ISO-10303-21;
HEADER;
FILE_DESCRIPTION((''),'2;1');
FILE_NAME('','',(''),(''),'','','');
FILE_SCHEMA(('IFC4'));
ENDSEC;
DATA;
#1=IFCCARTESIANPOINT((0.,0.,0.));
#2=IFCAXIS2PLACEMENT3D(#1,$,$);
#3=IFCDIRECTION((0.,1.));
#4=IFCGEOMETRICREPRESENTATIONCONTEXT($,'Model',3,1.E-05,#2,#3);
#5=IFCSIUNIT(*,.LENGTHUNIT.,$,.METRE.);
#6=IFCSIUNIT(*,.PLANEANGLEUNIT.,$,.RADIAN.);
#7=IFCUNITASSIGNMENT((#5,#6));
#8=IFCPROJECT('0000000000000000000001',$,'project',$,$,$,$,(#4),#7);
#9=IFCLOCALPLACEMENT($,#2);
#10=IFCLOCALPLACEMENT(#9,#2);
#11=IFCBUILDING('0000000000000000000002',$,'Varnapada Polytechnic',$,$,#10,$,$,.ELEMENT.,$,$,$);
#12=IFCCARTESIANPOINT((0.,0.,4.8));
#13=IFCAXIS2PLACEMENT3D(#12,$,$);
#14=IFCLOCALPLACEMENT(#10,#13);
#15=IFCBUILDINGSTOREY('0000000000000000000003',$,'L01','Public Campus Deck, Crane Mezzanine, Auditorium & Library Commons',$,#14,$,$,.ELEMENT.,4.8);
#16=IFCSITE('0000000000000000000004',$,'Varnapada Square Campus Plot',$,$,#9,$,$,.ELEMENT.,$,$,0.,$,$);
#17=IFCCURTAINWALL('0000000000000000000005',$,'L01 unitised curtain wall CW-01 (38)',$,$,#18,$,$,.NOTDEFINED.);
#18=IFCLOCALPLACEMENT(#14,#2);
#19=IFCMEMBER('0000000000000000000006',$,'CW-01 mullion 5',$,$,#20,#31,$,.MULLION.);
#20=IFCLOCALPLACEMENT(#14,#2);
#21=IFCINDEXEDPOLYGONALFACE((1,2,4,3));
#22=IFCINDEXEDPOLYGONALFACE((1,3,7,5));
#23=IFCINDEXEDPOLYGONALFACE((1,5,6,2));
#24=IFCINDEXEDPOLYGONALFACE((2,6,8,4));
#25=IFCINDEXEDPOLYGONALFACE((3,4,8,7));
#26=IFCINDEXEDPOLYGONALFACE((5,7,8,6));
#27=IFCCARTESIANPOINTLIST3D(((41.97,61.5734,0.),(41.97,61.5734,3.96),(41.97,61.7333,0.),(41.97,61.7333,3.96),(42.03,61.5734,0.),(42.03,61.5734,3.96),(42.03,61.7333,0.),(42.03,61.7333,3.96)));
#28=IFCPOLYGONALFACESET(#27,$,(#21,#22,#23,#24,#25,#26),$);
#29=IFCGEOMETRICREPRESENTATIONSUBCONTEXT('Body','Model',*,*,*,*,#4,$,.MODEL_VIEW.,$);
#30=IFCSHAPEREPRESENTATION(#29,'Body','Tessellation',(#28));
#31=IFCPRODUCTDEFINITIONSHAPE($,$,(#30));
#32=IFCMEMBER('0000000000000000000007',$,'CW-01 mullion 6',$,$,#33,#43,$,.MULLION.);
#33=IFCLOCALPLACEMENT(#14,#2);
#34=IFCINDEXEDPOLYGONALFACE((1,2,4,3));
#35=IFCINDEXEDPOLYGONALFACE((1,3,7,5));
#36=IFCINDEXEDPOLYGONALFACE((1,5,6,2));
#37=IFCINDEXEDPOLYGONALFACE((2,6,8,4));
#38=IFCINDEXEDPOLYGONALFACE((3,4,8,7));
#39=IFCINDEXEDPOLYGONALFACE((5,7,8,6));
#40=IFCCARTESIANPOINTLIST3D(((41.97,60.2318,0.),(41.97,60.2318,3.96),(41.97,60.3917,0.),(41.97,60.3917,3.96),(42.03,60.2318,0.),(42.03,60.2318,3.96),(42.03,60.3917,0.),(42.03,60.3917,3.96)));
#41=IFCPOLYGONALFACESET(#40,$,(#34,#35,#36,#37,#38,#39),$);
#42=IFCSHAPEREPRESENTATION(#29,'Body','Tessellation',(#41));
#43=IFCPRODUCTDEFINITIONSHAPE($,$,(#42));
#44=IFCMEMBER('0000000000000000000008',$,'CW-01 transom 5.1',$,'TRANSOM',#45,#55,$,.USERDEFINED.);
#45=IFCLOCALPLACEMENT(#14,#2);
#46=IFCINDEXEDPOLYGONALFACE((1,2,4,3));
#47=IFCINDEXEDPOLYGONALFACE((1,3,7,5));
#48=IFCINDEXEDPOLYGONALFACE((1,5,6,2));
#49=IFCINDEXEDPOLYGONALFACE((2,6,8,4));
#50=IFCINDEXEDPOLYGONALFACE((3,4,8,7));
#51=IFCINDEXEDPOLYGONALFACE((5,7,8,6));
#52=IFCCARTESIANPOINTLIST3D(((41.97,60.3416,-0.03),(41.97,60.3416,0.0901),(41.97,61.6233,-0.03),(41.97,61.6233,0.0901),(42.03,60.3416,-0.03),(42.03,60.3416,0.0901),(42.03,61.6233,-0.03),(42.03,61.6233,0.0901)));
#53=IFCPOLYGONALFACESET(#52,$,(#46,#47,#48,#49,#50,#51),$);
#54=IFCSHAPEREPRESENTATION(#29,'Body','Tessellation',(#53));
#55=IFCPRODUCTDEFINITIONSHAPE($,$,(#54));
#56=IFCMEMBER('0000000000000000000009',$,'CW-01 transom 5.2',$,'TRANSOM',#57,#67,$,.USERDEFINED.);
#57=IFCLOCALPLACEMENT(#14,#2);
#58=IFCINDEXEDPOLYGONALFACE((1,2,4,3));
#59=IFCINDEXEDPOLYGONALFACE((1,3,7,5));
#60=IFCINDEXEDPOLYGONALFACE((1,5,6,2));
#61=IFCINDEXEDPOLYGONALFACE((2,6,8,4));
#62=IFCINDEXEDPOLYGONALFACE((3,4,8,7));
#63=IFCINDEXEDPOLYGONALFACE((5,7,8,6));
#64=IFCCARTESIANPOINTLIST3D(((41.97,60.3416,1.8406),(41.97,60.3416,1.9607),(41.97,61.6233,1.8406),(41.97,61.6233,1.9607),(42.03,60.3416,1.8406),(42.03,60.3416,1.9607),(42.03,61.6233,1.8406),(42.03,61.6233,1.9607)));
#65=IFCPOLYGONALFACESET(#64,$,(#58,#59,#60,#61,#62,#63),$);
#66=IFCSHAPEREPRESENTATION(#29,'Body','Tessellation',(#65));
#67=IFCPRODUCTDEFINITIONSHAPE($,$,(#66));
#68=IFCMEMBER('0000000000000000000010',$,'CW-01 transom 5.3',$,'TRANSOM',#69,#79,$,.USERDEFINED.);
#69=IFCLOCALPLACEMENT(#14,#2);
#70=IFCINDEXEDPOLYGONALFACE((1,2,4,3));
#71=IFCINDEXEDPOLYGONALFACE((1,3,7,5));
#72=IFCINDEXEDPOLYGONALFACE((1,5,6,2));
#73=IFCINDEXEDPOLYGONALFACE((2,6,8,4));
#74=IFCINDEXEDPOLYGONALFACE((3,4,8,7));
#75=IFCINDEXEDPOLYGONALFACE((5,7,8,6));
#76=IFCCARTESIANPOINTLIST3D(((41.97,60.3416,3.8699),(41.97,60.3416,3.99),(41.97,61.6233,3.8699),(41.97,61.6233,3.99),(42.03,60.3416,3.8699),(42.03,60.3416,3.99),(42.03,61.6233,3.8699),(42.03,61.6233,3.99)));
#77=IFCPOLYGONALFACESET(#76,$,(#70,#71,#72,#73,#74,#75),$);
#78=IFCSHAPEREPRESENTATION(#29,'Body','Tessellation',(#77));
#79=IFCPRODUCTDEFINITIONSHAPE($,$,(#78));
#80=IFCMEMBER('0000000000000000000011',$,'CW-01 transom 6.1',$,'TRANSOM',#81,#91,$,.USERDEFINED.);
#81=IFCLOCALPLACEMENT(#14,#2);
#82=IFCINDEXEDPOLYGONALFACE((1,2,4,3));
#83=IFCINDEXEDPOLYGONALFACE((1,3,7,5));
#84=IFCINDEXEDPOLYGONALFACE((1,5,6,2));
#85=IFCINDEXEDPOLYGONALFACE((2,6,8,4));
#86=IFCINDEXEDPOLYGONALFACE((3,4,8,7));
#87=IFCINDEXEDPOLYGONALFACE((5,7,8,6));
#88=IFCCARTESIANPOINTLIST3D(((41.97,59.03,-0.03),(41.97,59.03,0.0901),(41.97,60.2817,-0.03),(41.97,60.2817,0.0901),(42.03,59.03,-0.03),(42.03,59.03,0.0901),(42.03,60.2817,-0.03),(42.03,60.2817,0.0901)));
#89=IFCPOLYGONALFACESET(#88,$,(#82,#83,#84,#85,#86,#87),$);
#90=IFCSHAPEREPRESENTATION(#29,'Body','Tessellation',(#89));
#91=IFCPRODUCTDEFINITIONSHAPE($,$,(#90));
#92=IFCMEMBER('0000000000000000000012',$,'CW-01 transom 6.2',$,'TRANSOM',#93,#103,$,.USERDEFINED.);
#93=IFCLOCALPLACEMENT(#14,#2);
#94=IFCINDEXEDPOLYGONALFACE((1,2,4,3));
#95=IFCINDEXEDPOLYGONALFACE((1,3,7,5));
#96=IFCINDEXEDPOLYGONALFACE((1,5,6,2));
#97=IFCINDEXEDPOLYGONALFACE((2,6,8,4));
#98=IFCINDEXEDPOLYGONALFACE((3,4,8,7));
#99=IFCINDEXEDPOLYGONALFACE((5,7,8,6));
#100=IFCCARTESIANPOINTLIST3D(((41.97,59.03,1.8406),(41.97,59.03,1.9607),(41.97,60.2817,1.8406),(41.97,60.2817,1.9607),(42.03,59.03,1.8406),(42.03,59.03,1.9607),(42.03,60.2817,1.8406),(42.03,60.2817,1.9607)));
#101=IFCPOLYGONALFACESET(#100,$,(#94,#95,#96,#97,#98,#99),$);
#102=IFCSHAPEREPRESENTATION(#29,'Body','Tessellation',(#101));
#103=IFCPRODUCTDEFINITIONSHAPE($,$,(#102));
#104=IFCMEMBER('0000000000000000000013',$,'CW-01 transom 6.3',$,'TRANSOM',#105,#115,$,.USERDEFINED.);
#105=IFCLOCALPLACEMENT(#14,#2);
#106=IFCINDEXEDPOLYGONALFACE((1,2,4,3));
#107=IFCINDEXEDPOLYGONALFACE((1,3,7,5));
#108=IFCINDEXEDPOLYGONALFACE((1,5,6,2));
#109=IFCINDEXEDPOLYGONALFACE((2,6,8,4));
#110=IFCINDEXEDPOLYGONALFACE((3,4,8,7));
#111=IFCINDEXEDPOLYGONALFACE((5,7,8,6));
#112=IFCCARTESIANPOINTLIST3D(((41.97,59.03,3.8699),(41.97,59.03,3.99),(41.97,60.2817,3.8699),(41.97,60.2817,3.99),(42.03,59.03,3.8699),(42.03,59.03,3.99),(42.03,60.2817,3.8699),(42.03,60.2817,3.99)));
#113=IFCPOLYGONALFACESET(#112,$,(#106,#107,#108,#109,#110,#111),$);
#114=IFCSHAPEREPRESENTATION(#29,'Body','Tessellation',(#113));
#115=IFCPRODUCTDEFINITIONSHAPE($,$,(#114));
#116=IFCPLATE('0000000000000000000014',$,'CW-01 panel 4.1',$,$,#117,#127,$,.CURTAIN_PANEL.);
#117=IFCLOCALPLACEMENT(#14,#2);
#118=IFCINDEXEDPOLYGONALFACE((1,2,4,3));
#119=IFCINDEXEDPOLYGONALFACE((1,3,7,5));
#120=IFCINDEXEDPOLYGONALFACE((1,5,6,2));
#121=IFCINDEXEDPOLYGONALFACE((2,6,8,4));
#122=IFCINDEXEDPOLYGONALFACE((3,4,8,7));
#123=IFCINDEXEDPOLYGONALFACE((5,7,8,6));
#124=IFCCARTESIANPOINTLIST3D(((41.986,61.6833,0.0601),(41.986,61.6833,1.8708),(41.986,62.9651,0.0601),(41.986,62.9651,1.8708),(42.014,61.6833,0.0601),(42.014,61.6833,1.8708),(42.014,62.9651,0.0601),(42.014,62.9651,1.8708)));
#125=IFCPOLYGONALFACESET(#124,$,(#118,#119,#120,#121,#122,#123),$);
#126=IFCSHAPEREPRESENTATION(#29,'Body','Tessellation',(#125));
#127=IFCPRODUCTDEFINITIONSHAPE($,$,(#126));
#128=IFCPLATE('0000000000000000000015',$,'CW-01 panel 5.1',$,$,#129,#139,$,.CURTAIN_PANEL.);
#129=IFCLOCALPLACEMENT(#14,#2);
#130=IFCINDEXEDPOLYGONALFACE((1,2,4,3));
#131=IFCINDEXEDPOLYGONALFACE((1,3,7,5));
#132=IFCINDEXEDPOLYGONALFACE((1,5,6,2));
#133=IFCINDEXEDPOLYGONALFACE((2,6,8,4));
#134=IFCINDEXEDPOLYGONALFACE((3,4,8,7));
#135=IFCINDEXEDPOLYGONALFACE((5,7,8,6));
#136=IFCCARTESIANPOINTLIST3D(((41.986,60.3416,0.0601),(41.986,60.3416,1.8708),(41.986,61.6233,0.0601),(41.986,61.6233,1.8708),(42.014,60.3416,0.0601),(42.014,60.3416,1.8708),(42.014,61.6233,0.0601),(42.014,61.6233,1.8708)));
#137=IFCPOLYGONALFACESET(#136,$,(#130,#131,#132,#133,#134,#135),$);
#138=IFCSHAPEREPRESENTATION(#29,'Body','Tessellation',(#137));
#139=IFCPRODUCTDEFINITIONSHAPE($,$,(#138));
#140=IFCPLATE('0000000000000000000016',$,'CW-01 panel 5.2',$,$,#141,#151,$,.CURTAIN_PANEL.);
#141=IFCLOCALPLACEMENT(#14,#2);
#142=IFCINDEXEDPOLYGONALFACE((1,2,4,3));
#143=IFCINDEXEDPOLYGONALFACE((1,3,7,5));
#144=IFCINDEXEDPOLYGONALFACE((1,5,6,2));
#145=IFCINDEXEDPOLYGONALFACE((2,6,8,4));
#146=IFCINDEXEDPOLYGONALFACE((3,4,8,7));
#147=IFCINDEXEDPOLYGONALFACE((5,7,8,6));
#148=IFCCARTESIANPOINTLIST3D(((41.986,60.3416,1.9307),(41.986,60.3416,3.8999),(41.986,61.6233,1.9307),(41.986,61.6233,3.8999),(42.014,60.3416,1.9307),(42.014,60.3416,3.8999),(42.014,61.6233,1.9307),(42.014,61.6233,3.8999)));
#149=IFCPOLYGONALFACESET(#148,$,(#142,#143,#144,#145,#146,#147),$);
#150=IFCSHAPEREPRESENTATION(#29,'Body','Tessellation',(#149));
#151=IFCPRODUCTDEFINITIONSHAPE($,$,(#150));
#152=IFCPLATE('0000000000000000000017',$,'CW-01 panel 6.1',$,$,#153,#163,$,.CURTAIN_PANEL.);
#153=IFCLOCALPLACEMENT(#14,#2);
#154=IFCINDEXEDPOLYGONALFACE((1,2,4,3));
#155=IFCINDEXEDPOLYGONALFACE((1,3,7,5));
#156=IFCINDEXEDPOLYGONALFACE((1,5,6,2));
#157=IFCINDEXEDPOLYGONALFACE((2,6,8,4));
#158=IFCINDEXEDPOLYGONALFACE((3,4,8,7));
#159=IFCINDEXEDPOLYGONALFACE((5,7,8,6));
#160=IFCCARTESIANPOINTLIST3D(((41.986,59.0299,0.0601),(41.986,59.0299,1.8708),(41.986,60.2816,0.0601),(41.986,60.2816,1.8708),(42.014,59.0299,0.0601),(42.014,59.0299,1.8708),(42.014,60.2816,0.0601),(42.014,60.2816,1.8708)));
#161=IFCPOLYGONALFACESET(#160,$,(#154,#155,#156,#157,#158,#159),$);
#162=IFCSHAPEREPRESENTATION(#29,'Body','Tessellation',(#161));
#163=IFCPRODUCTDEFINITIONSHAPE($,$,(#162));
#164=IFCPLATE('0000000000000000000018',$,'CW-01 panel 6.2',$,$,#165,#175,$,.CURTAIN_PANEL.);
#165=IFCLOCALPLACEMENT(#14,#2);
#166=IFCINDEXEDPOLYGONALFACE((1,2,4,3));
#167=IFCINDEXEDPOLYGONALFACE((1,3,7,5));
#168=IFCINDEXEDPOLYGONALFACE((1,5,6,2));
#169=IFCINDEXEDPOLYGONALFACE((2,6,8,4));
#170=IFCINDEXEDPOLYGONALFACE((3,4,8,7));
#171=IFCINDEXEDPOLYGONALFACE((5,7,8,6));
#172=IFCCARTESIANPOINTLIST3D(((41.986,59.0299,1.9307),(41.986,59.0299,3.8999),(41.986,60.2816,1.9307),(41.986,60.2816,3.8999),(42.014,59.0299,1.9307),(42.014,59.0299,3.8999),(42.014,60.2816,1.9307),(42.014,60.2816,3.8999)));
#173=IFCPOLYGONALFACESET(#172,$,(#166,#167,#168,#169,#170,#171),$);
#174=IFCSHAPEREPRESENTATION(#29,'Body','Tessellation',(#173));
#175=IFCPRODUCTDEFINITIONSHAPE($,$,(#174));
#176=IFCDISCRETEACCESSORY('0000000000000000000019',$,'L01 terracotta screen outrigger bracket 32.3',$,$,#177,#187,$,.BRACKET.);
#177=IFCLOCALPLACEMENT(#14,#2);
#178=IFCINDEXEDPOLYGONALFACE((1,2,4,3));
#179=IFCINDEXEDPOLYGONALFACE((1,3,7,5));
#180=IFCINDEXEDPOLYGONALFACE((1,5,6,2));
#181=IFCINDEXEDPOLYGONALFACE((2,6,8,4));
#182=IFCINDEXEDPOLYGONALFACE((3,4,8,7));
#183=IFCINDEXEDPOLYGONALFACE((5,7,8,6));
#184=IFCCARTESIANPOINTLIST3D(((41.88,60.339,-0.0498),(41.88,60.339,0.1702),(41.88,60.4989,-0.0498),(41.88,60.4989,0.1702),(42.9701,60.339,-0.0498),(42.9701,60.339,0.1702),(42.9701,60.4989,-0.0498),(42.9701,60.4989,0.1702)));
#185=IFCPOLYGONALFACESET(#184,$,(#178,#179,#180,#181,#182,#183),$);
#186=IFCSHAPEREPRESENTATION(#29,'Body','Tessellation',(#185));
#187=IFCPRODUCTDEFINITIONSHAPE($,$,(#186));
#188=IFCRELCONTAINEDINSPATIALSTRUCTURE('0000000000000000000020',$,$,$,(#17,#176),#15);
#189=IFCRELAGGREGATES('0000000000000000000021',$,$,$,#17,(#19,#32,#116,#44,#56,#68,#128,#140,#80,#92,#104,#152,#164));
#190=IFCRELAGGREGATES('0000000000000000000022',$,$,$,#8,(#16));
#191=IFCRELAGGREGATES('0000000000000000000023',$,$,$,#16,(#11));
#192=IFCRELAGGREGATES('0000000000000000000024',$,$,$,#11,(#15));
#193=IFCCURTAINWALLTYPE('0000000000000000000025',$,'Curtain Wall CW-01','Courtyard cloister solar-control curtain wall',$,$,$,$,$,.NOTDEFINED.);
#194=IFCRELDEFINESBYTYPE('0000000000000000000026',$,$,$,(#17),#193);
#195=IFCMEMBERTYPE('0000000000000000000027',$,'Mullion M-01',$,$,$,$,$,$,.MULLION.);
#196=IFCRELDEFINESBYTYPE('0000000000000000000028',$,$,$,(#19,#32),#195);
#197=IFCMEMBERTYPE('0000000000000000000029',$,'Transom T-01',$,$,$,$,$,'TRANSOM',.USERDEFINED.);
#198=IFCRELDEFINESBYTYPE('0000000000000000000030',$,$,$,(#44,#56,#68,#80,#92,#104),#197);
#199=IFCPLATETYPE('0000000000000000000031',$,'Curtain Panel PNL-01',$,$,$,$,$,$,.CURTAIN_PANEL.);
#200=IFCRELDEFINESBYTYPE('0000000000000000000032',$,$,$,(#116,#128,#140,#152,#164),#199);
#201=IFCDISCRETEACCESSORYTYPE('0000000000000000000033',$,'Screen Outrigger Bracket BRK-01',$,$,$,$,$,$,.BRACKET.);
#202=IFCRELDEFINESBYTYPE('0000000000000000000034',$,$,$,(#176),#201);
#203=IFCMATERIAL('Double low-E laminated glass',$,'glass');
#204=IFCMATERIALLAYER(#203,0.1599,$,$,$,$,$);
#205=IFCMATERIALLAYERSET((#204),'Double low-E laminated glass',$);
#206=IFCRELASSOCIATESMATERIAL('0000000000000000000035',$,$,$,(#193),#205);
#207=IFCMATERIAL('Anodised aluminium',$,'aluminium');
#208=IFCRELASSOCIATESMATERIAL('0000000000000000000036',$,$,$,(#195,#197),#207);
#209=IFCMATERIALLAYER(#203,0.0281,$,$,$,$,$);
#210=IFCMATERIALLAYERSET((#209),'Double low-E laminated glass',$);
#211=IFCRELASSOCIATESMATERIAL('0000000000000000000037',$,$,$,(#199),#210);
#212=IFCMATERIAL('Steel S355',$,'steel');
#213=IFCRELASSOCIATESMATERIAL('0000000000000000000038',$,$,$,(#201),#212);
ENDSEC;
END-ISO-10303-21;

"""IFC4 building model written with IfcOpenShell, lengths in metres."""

from ifc_helpers import new_model, si_unit, direction, frame, origin, origin_2d, place, context, subcontext, project, spatial, rectangle, extrude, material, layer, layer_set, material_profile, profile_set, type_object, element, aggregate, save


model = new_model("IFC4")

# Units and contexts
model_context = context("Model", 3, precision=1e-05, world=origin(), true_north=direction((0.0, 1.0)))
body_context = subcontext(model_context, "Body", "Model", "MODEL_VIEW")
ifc_project = project(units=[si_unit("LENGTHUNIT", "METRE"), si_unit("PLANEANGLEUNIT", "RADIAN")], contexts=[model_context])

# Site, building, storey
site_placement = place(None, origin())
site = spatial("IfcSite", under=ifc_project, at=site_placement, Name="Varnapada Square Campus Plot", CompositionType="ELEMENT", RefElevation=0.0)
building_placement = place(site_placement, origin())
building = spatial("IfcBuilding", under=site, at=building_placement, Name="Varnapada Polytechnic", CompositionType="ELEMENT")
storey_placement = place(building_placement, frame((0.0, 0.0, 4.8)))
storey = spatial("IfcBuildingStorey", under=building, at=storey_placement, Name="L01", Description="Public Campus Deck, Crane Mezzanine, Auditorium & Library Commons", CompositionType="ELEMENT", Elevation=4.8)

# Curtain wall, members, plates
ifc_material_1 = material(Name="Double low-E laminated glass", Category="glass")
ifc_layer_1 = layer(ifc_material_1, 0.1599)
ifc_layer_set_1 = layer_set([ifc_layer_1], Name="Double low-E laminated glass")
curtain_wall_type = type_object("IfcCurtainWallType", Name="Curtain Wall CW-01", Description="Courtyard cloister solar-control curtain wall", PredefinedType="NOTDEFINED", material=ifc_layer_set_1)
curtain_wall_placement = place(storey_placement, origin())
curtain_wall = element("IfcCurtainWall", 1, at=curtain_wall_placement, inside=storey, type_object=curtain_wall_type, Name="L01 unitised curtain wall CW-01 (38)", PredefinedType="NOTDEFINED")
ifc_material_2 = material(Name="Anodised aluminium", Category="aluminium")
ifc_material_profile_1 = material_profile(ifc_material_2, rectangle(XDim=0.0601, YDim=0.1599, at=origin_2d()), Name="ALU M60x160")
ifc_profile_set_1 = profile_set([ifc_material_profile_1], Name="Anodised aluminium")
member_type_1 = type_object("IfcMemberType", Name="Mullion M-01", PredefinedType="MULLION", material=ifc_profile_set_1)
member_1_placement = place(storey_placement, frame((42.0, 61.6533, 0.0), z_axis=(0.0, 0.0, 1.0), x_axis=(1.0, 0.0, 0.0)))
member_1 = element("IfcMember", 2, at=member_1_placement, type_object=member_type_1, Name="CW-01 mullion 5", PredefinedType="MULLION", context=body_context, shape_type="SweptSolid", body=[
    extrude(rectangle(XDim=0.0601, YDim=0.1599, at=origin_2d()), origin(), (0.0, 0.0, 1.0), 3.96),
])
member_2_placement = place(storey_placement, frame((42.0, 60.3118, 0.0), z_axis=(0.0, 0.0, 1.0), x_axis=(1.0, 0.0, 0.0)))
member_2 = element("IfcMember", 3, at=member_2_placement, type_object=member_type_1, Name="CW-01 mullion 6", PredefinedType="MULLION", context=body_context, shape_type="SweptSolid", body=[
    extrude(rectangle(XDim=0.0601, YDim=0.1599, at=origin_2d()), origin(), (0.0, 0.0, 1.0), 3.96),
])
ifc_material_profile_2 = material_profile(ifc_material_2, rectangle(XDim=0.0601, YDim=0.1201, at=origin_2d()), Name="ALU T60x120")
ifc_profile_set_2 = profile_set([ifc_material_profile_2], Name="Anodised aluminium")
member_type_2 = type_object("IfcMemberType", Name="Transom T-01", ElementType="TRANSOM", PredefinedType="USERDEFINED", material=ifc_profile_set_2)
member_3_placement = place(storey_placement, frame((42.0, 61.6233, 0.03), z_axis=(0.0, -1.0, 0.0), x_axis=(1.0, 0.0, 0.0)))
member_3 = element("IfcMember", 4, at=member_3_placement, type_object=member_type_2, Name="CW-01 transom 5.1", ObjectType="TRANSOM", PredefinedType="USERDEFINED", context=body_context, shape_type="SweptSolid", body=[
    extrude(rectangle(XDim=0.0601, YDim=0.1201, at=origin_2d()), origin(), (0.0, 0.0, 1.0), 1.2817),
])
member_4_placement = place(storey_placement, frame((42.0, 61.6233, 1.9006), z_axis=(0.0, -1.0, 0.0), x_axis=(1.0, 0.0, 0.0)))
member_4 = element("IfcMember", 5, at=member_4_placement, type_object=member_type_2, Name="CW-01 transom 5.2", ObjectType="TRANSOM", PredefinedType="USERDEFINED", context=body_context, shape_type="SweptSolid", body=[
    extrude(rectangle(XDim=0.0601, YDim=0.1201, at=origin_2d()), origin(), (0.0, 0.0, 1.0), 1.2817),
])
member_5_placement = place(storey_placement, frame((42.0, 61.6233, 3.9299), z_axis=(0.0, -1.0, 0.0), x_axis=(1.0, 0.0, 0.0)))
member_5 = element("IfcMember", 6, at=member_5_placement, type_object=member_type_2, Name="CW-01 transom 5.3", ObjectType="TRANSOM", PredefinedType="USERDEFINED", context=body_context, shape_type="SweptSolid", body=[
    extrude(rectangle(XDim=0.0601, YDim=0.1201, at=origin_2d()), origin(), (0.0, 0.0, 1.0), 1.2817),
])
member_6_placement = place(storey_placement, frame((42.0, 60.2817, 0.03), z_axis=(0.0, -1.0, 0.0), x_axis=(1.0, 0.0, 0.0)))
member_6 = element("IfcMember", 7, at=member_6_placement, type_object=member_type_2, Name="CW-01 transom 6.1", ObjectType="TRANSOM", PredefinedType="USERDEFINED", context=body_context, shape_type="SweptSolid", body=[
    extrude(rectangle(XDim=0.0601, YDim=0.1201, at=origin_2d()), origin(), (0.0, 0.0, 1.0), 1.2517),
])
member_7_placement = place(storey_placement, frame((42.0, 60.2817, 1.9006), z_axis=(0.0, -1.0, 0.0), x_axis=(1.0, 0.0, 0.0)))
member_7 = element("IfcMember", 8, at=member_7_placement, type_object=member_type_2, Name="CW-01 transom 6.2", ObjectType="TRANSOM", PredefinedType="USERDEFINED", context=body_context, shape_type="SweptSolid", body=[
    extrude(rectangle(XDim=0.0601, YDim=0.1201, at=origin_2d()), origin(), (0.0, 0.0, 1.0), 1.2517),
])
member_8_placement = place(storey_placement, frame((42.0, 60.2817, 3.9299), z_axis=(0.0, -1.0, 0.0), x_axis=(1.0, 0.0, 0.0)))
member_8 = element("IfcMember", 9, at=member_8_placement, type_object=member_type_2, Name="CW-01 transom 6.3", ObjectType="TRANSOM", PredefinedType="USERDEFINED", context=body_context, shape_type="SweptSolid", body=[
    extrude(rectangle(XDim=0.0601, YDim=0.1201, at=origin_2d()), origin(), (0.0, 0.0, 1.0), 1.2517),
])
ifc_layer_2 = layer(ifc_material_1, 0.0281)
ifc_layer_set_2 = layer_set([ifc_layer_2], Name="Double low-E laminated glass")
plate_type = type_object("IfcPlateType", Name="Curtain Panel PNL-01", PredefinedType="CURTAIN_PANEL", material=ifc_layer_set_2)
plate_1_placement = place(storey_placement, frame((42.0, 62.3242, 0.0601), z_axis=(0.0, 0.0, 1.0), x_axis=(0.0, -1.0, 0.0)))
plate_1 = element("IfcPlate", 10, at=plate_1_placement, type_object=plate_type, Name="CW-01 panel 4.1", PredefinedType="CURTAIN_PANEL", context=body_context, shape_type="SweptSolid", body=[
    extrude(rectangle(XDim=1.2817, YDim=0.0281, at=origin_2d()), origin(), (0.0, 0.0, 1.0), 1.8108),
])
plate_2_placement = place(storey_placement, frame((42.0, 60.9824, 0.0601), z_axis=(0.0, 0.0, 1.0), x_axis=(0.0, -1.0, 0.0)))
plate_2 = element("IfcPlate", 11, at=plate_2_placement, type_object=plate_type, Name="CW-01 panel 5.1", PredefinedType="CURTAIN_PANEL", context=body_context, shape_type="SweptSolid", body=[
    extrude(rectangle(XDim=1.2817, YDim=0.0281, at=origin_2d()), origin(), (0.0, 0.0, 1.0), 1.8108),
])
plate_3_placement = place(storey_placement, frame((42.0, 60.9824, 1.9307), z_axis=(0.0, 0.0, 1.0), x_axis=(0.0, -1.0, 0.0)))
plate_3 = element("IfcPlate", 12, at=plate_3_placement, type_object=plate_type, Name="CW-01 panel 5.2", PredefinedType="CURTAIN_PANEL", context=body_context, shape_type="SweptSolid", body=[
    extrude(rectangle(XDim=1.2817, YDim=0.0281, at=origin_2d()), origin(), (0.0, 0.0, 1.0), 1.9692),
])
plate_4_placement = place(storey_placement, frame((42.0, 59.6558, 0.0601), z_axis=(0.0, 0.0, 1.0), x_axis=(0.0, -1.0, 0.0)))
plate_4 = element("IfcPlate", 13, at=plate_4_placement, type_object=plate_type, Name="CW-01 panel 6.1", PredefinedType="CURTAIN_PANEL", context=body_context, shape_type="SweptSolid", body=[
    extrude(rectangle(XDim=1.2517, YDim=0.0281, at=origin_2d()), origin(), (0.0, 0.0, 1.0), 1.8108),
])
plate_5_placement = place(storey_placement, frame((42.0, 59.6558, 1.9307), z_axis=(0.0, 0.0, 1.0), x_axis=(0.0, -1.0, 0.0)))
plate_5 = element("IfcPlate", 14, at=plate_5_placement, type_object=plate_type, Name="CW-01 panel 6.2", PredefinedType="CURTAIN_PANEL", context=body_context, shape_type="SweptSolid", body=[
    extrude(rectangle(XDim=1.2517, YDim=0.0281, at=origin_2d()), origin(), (0.0, 0.0, 1.0), 1.9692),
])
aggregate(curtain_wall, [member_1, member_2, plate_1, member_3, member_4, member_5, plate_2, plate_3, member_6, member_7, member_8, plate_4, plate_5])

# Discrete accessory
ifc_material_3 = material(Name="Steel S355", Category="steel")
discrete_accessory_type = type_object("IfcDiscreteAccessoryType", Name="Screen Outrigger Bracket BRK-01", PredefinedType="BRACKET", material=ifc_material_3)
discrete_accessory_placement = place(storey_placement, frame((42.425, 60.4189, -0.0498), z_axis=(0.0, 0.0, 1.0), x_axis=(0.0, -1.0, 0.0)))
element("IfcDiscreteAccessory", 15, at=discrete_accessory_placement, inside=storey, type_object=discrete_accessory_type, Name="L01 terracotta screen outrigger bracket 32.3", PredefinedType="BRACKET", context=body_context, shape_type="SweptSolid", body=[
    extrude(rectangle(XDim=0.1599, YDim=1.0901, at=origin_2d()), origin(), (0.0, 0.0, 1.0), 0.22),
])

save(model, "model.ifc")
